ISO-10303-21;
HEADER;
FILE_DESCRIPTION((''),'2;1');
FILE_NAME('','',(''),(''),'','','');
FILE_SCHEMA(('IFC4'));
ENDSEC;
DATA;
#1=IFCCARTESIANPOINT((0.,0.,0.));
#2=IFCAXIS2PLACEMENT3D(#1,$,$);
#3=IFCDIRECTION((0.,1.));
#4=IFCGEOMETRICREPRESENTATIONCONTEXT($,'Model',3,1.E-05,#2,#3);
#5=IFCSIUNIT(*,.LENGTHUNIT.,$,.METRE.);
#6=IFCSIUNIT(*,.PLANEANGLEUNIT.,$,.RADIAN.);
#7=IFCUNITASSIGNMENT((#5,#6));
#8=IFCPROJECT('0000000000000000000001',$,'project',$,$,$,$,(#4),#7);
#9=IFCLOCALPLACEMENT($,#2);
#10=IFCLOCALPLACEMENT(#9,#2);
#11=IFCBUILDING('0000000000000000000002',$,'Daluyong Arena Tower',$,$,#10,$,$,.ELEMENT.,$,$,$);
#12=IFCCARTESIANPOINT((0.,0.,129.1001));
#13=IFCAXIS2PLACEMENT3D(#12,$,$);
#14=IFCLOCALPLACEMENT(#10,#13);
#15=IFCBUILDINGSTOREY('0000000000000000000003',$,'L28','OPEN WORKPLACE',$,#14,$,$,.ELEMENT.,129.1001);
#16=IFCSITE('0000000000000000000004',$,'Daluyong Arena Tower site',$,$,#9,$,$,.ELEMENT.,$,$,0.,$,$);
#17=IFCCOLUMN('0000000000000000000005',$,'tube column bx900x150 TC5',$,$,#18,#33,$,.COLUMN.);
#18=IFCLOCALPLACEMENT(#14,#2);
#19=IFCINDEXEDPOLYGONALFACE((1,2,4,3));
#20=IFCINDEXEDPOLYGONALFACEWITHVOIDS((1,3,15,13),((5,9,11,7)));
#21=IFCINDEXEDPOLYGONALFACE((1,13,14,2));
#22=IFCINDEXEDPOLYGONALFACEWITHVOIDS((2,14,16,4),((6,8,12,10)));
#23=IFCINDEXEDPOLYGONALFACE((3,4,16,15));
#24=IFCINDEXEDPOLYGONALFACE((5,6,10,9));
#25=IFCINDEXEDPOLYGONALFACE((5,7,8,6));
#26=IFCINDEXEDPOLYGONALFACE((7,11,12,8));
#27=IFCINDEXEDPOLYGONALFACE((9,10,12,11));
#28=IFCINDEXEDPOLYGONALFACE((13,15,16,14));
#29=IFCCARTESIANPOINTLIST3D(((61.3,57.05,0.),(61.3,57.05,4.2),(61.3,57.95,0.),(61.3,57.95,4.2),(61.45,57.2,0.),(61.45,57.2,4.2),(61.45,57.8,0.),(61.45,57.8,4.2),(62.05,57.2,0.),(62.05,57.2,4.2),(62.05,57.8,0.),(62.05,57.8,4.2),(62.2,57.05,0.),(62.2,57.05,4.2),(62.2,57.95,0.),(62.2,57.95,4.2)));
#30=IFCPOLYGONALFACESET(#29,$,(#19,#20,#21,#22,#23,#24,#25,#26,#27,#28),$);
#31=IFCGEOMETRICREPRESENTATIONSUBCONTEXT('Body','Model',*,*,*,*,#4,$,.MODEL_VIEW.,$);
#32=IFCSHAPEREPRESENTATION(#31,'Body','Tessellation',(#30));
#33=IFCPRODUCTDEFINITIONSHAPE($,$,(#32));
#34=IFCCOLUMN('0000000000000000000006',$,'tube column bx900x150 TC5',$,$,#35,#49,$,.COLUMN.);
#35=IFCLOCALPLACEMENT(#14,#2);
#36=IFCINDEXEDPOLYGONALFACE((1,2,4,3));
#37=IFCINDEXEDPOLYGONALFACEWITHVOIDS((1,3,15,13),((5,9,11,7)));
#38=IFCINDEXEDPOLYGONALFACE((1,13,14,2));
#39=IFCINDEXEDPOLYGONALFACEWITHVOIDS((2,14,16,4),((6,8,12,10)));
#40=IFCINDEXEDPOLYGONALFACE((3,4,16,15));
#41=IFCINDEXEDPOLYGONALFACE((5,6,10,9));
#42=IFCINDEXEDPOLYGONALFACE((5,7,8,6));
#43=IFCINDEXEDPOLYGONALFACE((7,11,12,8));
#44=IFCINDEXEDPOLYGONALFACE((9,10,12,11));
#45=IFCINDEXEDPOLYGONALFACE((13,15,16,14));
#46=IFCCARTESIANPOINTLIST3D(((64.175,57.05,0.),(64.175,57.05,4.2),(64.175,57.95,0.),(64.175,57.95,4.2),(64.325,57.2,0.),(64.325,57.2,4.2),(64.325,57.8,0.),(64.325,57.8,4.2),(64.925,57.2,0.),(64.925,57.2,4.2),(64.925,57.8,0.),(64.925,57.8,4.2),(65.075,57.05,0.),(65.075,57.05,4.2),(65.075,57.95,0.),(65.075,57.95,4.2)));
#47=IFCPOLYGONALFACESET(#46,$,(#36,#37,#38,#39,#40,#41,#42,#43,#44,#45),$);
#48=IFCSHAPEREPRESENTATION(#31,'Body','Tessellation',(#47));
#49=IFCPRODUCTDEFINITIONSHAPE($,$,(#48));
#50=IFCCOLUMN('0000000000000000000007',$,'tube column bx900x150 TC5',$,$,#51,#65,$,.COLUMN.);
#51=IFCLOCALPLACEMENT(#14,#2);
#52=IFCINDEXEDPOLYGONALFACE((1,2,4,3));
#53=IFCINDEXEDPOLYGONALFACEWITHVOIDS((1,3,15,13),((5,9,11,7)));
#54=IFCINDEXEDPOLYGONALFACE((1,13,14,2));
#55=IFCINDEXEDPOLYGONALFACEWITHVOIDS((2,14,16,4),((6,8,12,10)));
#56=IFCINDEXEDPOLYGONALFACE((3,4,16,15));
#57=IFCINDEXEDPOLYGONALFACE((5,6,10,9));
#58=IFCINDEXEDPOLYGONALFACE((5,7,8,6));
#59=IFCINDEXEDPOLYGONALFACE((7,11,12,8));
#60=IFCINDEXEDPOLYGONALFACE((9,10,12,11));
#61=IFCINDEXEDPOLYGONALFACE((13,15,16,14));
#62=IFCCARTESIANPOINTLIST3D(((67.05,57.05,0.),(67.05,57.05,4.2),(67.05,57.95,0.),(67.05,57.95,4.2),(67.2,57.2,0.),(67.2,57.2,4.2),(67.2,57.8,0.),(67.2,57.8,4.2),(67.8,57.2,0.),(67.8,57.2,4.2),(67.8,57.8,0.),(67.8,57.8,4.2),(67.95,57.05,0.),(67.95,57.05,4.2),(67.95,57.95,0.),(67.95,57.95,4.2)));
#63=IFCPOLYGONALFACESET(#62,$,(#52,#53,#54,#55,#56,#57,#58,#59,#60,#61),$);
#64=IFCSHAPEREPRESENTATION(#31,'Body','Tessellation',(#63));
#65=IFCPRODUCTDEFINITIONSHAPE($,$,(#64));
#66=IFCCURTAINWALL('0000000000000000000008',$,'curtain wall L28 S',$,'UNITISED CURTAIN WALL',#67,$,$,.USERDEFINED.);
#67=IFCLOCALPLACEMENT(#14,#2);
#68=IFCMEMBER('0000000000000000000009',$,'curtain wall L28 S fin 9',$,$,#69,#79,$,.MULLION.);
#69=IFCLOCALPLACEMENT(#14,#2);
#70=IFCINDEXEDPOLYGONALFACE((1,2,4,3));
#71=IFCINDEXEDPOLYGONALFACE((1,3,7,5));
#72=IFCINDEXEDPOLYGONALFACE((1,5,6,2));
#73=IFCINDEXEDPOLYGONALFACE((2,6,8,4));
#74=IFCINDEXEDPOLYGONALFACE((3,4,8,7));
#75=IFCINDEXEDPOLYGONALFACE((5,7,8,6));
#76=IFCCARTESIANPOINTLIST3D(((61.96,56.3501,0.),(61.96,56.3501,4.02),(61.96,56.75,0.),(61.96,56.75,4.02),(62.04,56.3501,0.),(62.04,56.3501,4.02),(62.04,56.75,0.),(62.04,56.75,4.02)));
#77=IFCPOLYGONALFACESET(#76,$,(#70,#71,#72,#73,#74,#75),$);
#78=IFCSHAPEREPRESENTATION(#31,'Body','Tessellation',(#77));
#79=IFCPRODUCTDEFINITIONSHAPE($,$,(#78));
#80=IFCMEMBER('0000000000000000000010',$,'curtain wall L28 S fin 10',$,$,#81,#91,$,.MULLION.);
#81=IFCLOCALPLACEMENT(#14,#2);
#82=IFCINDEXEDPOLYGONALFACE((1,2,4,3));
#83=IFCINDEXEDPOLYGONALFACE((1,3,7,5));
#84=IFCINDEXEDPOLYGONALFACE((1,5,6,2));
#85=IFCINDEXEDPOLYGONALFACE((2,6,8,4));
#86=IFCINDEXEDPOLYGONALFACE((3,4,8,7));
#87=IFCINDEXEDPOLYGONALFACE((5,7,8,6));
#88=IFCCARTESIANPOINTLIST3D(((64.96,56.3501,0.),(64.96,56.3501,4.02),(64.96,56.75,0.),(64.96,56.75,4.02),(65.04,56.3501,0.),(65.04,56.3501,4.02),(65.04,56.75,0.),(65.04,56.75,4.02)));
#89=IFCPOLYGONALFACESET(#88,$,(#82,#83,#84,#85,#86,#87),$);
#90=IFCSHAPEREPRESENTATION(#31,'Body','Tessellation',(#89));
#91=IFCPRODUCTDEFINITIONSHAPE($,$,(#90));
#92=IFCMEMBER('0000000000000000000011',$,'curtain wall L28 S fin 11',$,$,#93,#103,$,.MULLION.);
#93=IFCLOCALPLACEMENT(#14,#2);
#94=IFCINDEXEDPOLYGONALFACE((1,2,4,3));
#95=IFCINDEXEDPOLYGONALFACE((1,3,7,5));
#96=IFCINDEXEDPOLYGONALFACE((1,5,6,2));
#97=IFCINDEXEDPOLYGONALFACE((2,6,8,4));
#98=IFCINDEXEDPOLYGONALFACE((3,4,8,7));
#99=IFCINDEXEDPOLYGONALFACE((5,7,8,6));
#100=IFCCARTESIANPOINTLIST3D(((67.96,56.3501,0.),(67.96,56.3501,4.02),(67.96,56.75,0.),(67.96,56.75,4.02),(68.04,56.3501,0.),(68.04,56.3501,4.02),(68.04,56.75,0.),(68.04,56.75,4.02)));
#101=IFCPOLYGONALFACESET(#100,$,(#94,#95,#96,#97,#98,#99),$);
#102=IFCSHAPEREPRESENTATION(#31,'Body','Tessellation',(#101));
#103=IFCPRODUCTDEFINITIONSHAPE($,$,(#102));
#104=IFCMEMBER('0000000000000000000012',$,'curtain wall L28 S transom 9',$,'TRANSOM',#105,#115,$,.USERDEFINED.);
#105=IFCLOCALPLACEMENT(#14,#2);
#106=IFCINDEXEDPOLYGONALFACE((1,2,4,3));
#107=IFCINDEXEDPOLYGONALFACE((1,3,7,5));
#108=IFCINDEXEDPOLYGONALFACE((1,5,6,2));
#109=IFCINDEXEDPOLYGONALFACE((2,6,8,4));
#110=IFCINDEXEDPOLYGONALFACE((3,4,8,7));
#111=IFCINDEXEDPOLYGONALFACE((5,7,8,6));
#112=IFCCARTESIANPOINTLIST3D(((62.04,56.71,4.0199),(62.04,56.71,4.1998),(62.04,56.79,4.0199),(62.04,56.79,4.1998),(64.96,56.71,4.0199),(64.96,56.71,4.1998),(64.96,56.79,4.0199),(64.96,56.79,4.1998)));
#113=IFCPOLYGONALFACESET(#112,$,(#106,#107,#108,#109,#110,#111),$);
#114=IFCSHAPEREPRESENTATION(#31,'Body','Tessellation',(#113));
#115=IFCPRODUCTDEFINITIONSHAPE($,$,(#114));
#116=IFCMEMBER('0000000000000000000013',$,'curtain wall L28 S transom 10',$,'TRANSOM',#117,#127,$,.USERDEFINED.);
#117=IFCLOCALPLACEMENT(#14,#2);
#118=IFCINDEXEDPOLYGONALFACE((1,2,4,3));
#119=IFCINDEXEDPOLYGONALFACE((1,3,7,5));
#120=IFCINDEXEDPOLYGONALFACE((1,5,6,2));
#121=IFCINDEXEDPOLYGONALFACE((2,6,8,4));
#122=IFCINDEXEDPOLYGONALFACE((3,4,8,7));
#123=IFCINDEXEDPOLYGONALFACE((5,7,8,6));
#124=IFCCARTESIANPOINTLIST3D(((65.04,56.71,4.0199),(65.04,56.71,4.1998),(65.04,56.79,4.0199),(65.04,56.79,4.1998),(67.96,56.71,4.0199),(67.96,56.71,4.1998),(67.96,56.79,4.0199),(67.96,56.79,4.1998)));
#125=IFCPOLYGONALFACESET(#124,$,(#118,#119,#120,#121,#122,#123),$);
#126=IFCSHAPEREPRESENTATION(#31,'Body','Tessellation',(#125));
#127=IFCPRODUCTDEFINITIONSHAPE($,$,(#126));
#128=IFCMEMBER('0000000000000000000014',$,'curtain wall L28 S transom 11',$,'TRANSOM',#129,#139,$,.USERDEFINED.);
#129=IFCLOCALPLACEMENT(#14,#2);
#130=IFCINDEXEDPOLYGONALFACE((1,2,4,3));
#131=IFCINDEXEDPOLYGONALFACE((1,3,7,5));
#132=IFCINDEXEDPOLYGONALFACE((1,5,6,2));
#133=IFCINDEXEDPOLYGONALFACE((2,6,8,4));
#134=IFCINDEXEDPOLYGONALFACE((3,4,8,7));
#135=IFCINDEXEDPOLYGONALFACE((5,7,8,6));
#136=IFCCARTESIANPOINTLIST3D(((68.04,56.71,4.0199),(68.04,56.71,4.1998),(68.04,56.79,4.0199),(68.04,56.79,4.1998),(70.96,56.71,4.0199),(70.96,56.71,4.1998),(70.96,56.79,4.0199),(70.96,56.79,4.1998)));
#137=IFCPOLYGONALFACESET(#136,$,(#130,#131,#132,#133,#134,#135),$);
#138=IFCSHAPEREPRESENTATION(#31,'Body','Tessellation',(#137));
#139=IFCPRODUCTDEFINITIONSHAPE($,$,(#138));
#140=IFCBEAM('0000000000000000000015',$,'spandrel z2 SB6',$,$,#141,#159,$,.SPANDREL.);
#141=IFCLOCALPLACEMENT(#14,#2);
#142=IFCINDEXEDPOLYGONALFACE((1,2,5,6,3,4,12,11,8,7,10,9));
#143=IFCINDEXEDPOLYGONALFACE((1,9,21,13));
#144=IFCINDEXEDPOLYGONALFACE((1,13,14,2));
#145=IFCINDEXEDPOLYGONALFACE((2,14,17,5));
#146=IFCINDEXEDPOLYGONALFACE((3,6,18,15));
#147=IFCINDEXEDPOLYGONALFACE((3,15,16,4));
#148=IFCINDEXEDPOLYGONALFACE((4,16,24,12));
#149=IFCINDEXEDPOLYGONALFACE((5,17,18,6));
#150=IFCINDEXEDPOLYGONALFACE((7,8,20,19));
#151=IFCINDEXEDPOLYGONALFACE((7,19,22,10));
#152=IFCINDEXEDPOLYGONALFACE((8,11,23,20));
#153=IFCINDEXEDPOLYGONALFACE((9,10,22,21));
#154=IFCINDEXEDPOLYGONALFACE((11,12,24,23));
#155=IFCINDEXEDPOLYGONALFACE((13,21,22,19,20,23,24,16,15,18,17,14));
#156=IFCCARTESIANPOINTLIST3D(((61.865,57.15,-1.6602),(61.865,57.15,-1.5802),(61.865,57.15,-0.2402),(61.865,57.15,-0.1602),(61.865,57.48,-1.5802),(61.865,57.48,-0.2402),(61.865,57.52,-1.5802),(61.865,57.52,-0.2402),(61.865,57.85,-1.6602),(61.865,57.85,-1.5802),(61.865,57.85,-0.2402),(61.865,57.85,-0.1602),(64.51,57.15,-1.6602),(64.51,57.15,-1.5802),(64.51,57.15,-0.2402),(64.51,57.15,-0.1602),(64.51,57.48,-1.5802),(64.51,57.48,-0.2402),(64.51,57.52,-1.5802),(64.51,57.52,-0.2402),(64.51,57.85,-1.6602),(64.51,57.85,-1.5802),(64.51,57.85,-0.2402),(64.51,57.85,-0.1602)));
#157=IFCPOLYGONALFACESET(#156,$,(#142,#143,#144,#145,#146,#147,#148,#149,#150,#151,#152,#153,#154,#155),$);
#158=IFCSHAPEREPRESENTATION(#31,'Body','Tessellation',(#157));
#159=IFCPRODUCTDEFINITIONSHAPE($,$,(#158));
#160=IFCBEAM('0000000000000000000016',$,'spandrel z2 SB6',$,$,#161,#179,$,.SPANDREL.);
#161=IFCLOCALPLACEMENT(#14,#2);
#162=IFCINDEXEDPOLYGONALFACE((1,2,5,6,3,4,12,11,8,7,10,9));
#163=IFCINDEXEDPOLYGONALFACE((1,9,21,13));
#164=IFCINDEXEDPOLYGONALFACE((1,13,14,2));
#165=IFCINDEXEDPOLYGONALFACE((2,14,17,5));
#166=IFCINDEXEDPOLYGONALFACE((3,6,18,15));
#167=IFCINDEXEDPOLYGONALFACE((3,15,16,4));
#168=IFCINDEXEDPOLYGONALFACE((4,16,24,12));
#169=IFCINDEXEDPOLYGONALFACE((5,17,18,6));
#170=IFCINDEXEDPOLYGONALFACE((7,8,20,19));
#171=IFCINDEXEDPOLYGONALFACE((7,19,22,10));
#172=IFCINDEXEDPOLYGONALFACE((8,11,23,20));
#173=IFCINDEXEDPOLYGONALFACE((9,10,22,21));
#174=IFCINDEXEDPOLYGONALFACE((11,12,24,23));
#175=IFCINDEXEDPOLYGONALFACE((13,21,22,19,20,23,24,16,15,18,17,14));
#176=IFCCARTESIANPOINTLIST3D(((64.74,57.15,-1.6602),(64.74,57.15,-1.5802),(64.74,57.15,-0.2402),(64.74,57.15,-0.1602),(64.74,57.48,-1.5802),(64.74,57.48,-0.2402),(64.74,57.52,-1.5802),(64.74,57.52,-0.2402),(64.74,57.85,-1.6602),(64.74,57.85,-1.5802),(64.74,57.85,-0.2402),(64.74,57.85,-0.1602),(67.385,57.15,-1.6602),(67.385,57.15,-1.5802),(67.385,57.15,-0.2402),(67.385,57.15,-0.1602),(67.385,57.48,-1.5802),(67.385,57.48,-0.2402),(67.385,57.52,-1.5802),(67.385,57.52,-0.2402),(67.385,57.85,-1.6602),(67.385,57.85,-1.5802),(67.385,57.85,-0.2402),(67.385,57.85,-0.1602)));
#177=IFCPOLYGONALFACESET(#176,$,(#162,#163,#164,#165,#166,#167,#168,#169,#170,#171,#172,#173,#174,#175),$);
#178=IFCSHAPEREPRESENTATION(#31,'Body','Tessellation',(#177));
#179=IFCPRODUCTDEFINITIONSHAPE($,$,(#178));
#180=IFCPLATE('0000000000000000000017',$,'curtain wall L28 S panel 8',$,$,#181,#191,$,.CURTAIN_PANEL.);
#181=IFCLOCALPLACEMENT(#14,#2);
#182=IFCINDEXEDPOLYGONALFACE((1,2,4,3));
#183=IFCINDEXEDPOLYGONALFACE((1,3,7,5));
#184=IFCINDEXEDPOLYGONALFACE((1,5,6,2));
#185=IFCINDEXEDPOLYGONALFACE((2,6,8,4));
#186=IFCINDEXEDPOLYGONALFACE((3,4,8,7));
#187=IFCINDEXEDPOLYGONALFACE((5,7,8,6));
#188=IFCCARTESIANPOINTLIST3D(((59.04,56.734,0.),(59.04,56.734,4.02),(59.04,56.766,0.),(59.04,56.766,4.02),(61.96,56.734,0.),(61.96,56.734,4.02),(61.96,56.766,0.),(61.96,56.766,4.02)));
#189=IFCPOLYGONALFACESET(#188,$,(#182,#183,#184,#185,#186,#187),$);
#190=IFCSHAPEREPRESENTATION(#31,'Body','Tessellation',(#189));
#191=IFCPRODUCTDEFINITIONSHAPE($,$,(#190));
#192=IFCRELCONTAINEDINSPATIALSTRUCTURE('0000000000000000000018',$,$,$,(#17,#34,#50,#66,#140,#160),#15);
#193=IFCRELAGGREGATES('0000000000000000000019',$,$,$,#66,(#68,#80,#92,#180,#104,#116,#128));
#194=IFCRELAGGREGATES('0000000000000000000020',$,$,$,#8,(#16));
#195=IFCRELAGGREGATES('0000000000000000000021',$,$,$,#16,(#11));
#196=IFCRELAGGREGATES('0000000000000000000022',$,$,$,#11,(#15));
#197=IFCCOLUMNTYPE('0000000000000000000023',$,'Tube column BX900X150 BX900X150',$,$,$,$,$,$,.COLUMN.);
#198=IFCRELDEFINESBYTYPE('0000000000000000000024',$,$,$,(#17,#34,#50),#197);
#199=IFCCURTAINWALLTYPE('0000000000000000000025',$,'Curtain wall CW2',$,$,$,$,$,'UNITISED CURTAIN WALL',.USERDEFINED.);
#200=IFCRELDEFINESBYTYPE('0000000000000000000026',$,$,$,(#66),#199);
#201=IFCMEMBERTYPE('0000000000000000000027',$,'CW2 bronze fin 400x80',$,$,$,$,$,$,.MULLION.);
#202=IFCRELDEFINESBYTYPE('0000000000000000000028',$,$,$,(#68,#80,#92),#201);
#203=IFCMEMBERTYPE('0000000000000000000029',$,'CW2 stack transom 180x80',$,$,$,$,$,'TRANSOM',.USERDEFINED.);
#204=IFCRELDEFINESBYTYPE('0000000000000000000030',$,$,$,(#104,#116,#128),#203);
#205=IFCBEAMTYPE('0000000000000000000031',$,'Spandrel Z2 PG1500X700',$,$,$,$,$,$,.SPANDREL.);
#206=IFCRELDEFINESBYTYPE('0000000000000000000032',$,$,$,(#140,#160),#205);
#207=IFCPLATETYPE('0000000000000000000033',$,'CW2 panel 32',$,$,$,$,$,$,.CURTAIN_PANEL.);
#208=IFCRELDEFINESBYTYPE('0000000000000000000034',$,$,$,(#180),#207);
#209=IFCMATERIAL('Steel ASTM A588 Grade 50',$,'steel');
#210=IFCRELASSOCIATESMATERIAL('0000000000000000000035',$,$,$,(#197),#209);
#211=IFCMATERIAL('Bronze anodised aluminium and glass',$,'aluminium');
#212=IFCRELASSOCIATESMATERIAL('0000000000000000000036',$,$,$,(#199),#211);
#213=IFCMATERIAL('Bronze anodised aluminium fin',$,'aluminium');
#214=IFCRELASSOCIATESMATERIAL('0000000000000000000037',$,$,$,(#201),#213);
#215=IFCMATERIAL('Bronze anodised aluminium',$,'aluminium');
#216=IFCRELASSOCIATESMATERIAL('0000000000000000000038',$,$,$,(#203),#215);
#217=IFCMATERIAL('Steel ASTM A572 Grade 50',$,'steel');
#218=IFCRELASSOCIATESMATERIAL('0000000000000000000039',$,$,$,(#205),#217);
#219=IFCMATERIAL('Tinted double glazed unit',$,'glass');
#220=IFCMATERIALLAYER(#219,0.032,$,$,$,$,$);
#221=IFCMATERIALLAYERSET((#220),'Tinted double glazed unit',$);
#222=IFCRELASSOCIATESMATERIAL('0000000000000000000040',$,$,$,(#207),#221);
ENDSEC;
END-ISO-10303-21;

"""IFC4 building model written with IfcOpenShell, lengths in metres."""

from ifc_helpers import new_model, si_unit, direction, frame, origin, origin_2d, place, context, subcontext, project, spatial, rectangle, hollow_rectangle, i_section, extrude, material, layer, layer_set, material_profile, profile_set, type_object, element, aggregate, save


model = new_model("IFC4")

# Units and contexts
model_context = context("Model", 3, precision=1e-05, world=origin(), true_north=direction((0.0, 1.0)))
body_context = subcontext(model_context, "Body", "Model", "MODEL_VIEW")
ifc_project = project(units=[si_unit("LENGTHUNIT", "METRE"), si_unit("PLANEANGLEUNIT", "RADIAN")], contexts=[model_context])

# Site, building, storey
site_placement = place(None, origin())
site = spatial("IfcSite", under=ifc_project, at=site_placement, Name="Daluyong Arena Tower site", CompositionType="ELEMENT", RefElevation=0.0)
building_placement = place(site_placement, origin())
building = spatial("IfcBuilding", under=site, at=building_placement, Name="Daluyong Arena Tower", CompositionType="ELEMENT")
storey_placement = place(building_placement, frame((0.0, 0.0, 129.1001)))
storey = spatial("IfcBuildingStorey", under=building, at=storey_placement, Name="L28", Description="OPEN WORKPLACE", CompositionType="ELEMENT", Elevation=129.1001)

# Columns
ifc_material_1 = material(Name="Steel ASTM A588 Grade 50", Category="steel")
ifc_material_profile_1 = material_profile(ifc_material_1, hollow_rectangle(XDim=0.8999, YDim=0.8999, WallThickness=0.15, at=origin_2d()))
ifc_profile_set_1 = profile_set([ifc_material_profile_1], Name="Steel ASTM A588 Grade 50")
column_type = type_object("IfcColumnType", Name="Tube column BX900X150 BX900X150", PredefinedType="COLUMN", material=ifc_profile_set_1)
for number, where, z_axis, x_axis, name in (
    (1, (61.75, 57.5, 0.0), (0.0, 0.0, 1.0), (1.0, 0.0, 0.0), "tube column bx900x150 TC5"),
    (2, (64.625, 57.5, 0.0), (0.0, 0.0, 1.0), (1.0, 0.0, 0.0), "tube column bx900x150 TC5"),
    (3, (67.5, 57.5, 0.0), (0.0, 0.0, 1.0), (1.0, 0.0, 0.0), "tube column bx900x150 TC5"),
):
    element("IfcColumn", number, at=place(storey_placement, frame(where, z_axis=z_axis, x_axis=x_axis)), inside=storey, type_object=column_type, Name=name, PredefinedType="COLUMN", context=body_context, shape_type="SweptSolid", body=[
        extrude(hollow_rectangle(XDim=0.8999, YDim=0.8999, WallThickness=0.15, at=origin_2d()), origin(), (0.0, 0.0, 1.0), 4.2),
    ])

# Curtain wall, members
ifc_material_2 = material(Name="Bronze anodised aluminium and glass", Category="aluminium")
curtain_wall_type = type_object("IfcCurtainWallType", Name="Curtain wall CW2", ElementType="UNITISED CURTAIN WALL", PredefinedType="USERDEFINED", material=ifc_material_2)
curtain_wall_placement = place(storey_placement, origin())
curtain_wall = element("IfcCurtainWall", 4, at=curtain_wall_placement, inside=storey, type_object=curtain_wall_type, Name="curtain wall L28 S", ObjectType="UNITISED CURTAIN WALL", PredefinedType="USERDEFINED")
ifc_material_3 = material(Name="Bronze anodised aluminium fin", Category="aluminium")
ifc_material_profile_2 = material_profile(ifc_material_3, rectangle(XDim=0.3999, YDim=0.0801, at=origin_2d()))
ifc_profile_set_2 = profile_set([ifc_material_profile_2], Name="Bronze anodised aluminium fin")
member_type_1 = type_object("IfcMemberType", Name="CW2 bronze fin 400x80", PredefinedType="MULLION", material=ifc_profile_set_2)
member_1_placement = place(storey_placement, frame((62.0, 56.55, 0.0), z_axis=(0.0, 0.0, 1.0), x_axis=(0.0, 1.0, 0.0)))
member_1 = element("IfcMember", 5, at=member_1_placement, type_object=member_type_1, Name="curtain wall L28 S fin 9", PredefinedType="MULLION", context=body_context, shape_type="SweptSolid", body=[
    extrude(rectangle(XDim=0.3999, YDim=0.0801, at=origin_2d()), origin(), (0.0, 0.0, 1.0), 4.02),
])
member_2_placement = place(storey_placement, frame((65.0, 56.55, 0.0), z_axis=(0.0, 0.0, 1.0), x_axis=(0.0, 1.0, 0.0)))
member_2 = element("IfcMember", 6, at=member_2_placement, type_object=member_type_1, Name="curtain wall L28 S fin 10", PredefinedType="MULLION", context=body_context, shape_type="SweptSolid", body=[
    extrude(rectangle(XDim=0.3999, YDim=0.0801, at=origin_2d()), origin(), (0.0, 0.0, 1.0), 4.02),
])
member_3_placement = place(storey_placement, frame((68.0, 56.55, 0.0), z_axis=(0.0, 0.0, 1.0), x_axis=(0.0, 1.0, 0.0)))
member_3 = element("IfcMember", 7, at=member_3_placement, type_object=member_type_1, Name="curtain wall L28 S fin 11", PredefinedType="MULLION", context=body_context, shape_type="SweptSolid", body=[
    extrude(rectangle(XDim=0.3999, YDim=0.0801, at=origin_2d()), origin(), (0.0, 0.0, 1.0), 4.02),
])
ifc_material_4 = material(Name="Bronze anodised aluminium", Category="aluminium")
ifc_material_profile_3 = material_profile(ifc_material_4, rectangle(XDim=0.0801, YDim=0.1799, at=origin_2d()))
ifc_profile_set_3 = profile_set([ifc_material_profile_3], Name="Bronze anodised aluminium")
member_type_2 = type_object("IfcMemberType", Name="CW2 stack transom 180x80", ElementType="TRANSOM", PredefinedType="USERDEFINED", material=ifc_profile_set_3)
member_4_placement = place(storey_placement, frame((62.04, 56.75, 4.1099), z_axis=(1.0, 0.0, 0.0), x_axis=(0.0, 1.0, 0.0)))
member_4 = element("IfcMember", 8, at=member_4_placement, type_object=member_type_2, Name="curtain wall L28 S transom 9", ObjectType="TRANSOM", PredefinedType="USERDEFINED", context=body_context, shape_type="SweptSolid", body=[
    extrude(rectangle(XDim=0.0801, YDim=0.1799, at=origin_2d()), origin(), (0.0, 0.0, 1.0), 2.9199),
])
member_5_placement = place(storey_placement, frame((65.04, 56.75, 4.1099), z_axis=(1.0, 0.0, 0.0), x_axis=(0.0, 1.0, 0.0)))
member_5 = element("IfcMember", 9, at=member_5_placement, type_object=member_type_2, Name="curtain wall L28 S transom 10", ObjectType="TRANSOM", PredefinedType="USERDEFINED", context=body_context, shape_type="SweptSolid", body=[
    extrude(rectangle(XDim=0.0801, YDim=0.1799, at=origin_2d()), origin(), (0.0, 0.0, 1.0), 2.9199),
])
member_6_placement = place(storey_placement, frame((68.04, 56.75, 4.1099), z_axis=(1.0, 0.0, 0.0), x_axis=(0.0, 1.0, 0.0)))
member_6 = element("IfcMember", 10, at=member_6_placement, type_object=member_type_2, Name="curtain wall L28 S transom 11", ObjectType="TRANSOM", PredefinedType="USERDEFINED", context=body_context, shape_type="SweptSolid", body=[
    extrude(rectangle(XDim=0.0801, YDim=0.1799, at=origin_2d()), origin(), (0.0, 0.0, 1.0), 2.9199),
])

# Beams
ifc_material_5 = material(Name="Steel ASTM A572 Grade 50", Category="steel")
ifc_material_profile_4 = material_profile(ifc_material_5, i_section(OverallWidth=0.7, OverallDepth=1.5, WebThickness=0.04, FlangeThickness=0.08, at=origin_2d()))
ifc_profile_set_4 = profile_set([ifc_material_profile_4], Name="Steel ASTM A572 Grade 50")
beam_type = type_object("IfcBeamType", Name="Spandrel Z2 PG1500X700", PredefinedType="SPANDREL", material=ifc_profile_set_4)
for number, where, z_axis, x_axis, name in (
    (11, (61.865, 57.5, -0.9102), (1.0, 0.0, 0.0), (0.0, 1.0, 0.0), "spandrel z2 SB6"),
    (12, (64.74, 57.5, -0.9102), (1.0, 0.0, 0.0), (0.0, 1.0, 0.0), "spandrel z2 SB6"),
):
    element("IfcBeam", number, at=place(storey_placement, frame(where, z_axis=z_axis, x_axis=x_axis)), inside=storey, type_object=beam_type, Name=name, PredefinedType="SPANDREL", context=body_context, shape_type="SweptSolid", body=[
        extrude(i_section(OverallWidth=0.7, OverallDepth=1.5, WebThickness=0.04, FlangeThickness=0.08, at=origin_2d()), origin(), (0.0, 0.0, 1.0), 2.645),
    ])

# Plate
ifc_material_6 = material(Name="Tinted double glazed unit", Category="glass")
ifc_layer = layer(ifc_material_6, 0.032)
ifc_layer_set = layer_set([ifc_layer], Name="Tinted double glazed unit")
plate_type = type_object("IfcPlateType", Name="CW2 panel 32", PredefinedType="CURTAIN_PANEL", material=ifc_layer_set)
plate_1_placement = place(storey_placement, frame((60.5, 56.75, 0.0), z_axis=(0.0, 0.0, 1.0), x_axis=(1.0, 0.0, 0.0)))
plate_1 = element("IfcPlate", 13, at=plate_1_placement, type_object=plate_type, Name="curtain wall L28 S panel 8", PredefinedType="CURTAIN_PANEL", context=body_context, shape_type="SweptSolid", body=[
    extrude(rectangle(XDim=2.9199, YDim=0.032, at=origin_2d()), origin(), (0.0, 0.0, 1.0), 4.02),
])
aggregate(curtain_wall, [member_1, member_2, member_3, plate_1, member_4, member_5, member_6])

save(model, "model.ifc")
